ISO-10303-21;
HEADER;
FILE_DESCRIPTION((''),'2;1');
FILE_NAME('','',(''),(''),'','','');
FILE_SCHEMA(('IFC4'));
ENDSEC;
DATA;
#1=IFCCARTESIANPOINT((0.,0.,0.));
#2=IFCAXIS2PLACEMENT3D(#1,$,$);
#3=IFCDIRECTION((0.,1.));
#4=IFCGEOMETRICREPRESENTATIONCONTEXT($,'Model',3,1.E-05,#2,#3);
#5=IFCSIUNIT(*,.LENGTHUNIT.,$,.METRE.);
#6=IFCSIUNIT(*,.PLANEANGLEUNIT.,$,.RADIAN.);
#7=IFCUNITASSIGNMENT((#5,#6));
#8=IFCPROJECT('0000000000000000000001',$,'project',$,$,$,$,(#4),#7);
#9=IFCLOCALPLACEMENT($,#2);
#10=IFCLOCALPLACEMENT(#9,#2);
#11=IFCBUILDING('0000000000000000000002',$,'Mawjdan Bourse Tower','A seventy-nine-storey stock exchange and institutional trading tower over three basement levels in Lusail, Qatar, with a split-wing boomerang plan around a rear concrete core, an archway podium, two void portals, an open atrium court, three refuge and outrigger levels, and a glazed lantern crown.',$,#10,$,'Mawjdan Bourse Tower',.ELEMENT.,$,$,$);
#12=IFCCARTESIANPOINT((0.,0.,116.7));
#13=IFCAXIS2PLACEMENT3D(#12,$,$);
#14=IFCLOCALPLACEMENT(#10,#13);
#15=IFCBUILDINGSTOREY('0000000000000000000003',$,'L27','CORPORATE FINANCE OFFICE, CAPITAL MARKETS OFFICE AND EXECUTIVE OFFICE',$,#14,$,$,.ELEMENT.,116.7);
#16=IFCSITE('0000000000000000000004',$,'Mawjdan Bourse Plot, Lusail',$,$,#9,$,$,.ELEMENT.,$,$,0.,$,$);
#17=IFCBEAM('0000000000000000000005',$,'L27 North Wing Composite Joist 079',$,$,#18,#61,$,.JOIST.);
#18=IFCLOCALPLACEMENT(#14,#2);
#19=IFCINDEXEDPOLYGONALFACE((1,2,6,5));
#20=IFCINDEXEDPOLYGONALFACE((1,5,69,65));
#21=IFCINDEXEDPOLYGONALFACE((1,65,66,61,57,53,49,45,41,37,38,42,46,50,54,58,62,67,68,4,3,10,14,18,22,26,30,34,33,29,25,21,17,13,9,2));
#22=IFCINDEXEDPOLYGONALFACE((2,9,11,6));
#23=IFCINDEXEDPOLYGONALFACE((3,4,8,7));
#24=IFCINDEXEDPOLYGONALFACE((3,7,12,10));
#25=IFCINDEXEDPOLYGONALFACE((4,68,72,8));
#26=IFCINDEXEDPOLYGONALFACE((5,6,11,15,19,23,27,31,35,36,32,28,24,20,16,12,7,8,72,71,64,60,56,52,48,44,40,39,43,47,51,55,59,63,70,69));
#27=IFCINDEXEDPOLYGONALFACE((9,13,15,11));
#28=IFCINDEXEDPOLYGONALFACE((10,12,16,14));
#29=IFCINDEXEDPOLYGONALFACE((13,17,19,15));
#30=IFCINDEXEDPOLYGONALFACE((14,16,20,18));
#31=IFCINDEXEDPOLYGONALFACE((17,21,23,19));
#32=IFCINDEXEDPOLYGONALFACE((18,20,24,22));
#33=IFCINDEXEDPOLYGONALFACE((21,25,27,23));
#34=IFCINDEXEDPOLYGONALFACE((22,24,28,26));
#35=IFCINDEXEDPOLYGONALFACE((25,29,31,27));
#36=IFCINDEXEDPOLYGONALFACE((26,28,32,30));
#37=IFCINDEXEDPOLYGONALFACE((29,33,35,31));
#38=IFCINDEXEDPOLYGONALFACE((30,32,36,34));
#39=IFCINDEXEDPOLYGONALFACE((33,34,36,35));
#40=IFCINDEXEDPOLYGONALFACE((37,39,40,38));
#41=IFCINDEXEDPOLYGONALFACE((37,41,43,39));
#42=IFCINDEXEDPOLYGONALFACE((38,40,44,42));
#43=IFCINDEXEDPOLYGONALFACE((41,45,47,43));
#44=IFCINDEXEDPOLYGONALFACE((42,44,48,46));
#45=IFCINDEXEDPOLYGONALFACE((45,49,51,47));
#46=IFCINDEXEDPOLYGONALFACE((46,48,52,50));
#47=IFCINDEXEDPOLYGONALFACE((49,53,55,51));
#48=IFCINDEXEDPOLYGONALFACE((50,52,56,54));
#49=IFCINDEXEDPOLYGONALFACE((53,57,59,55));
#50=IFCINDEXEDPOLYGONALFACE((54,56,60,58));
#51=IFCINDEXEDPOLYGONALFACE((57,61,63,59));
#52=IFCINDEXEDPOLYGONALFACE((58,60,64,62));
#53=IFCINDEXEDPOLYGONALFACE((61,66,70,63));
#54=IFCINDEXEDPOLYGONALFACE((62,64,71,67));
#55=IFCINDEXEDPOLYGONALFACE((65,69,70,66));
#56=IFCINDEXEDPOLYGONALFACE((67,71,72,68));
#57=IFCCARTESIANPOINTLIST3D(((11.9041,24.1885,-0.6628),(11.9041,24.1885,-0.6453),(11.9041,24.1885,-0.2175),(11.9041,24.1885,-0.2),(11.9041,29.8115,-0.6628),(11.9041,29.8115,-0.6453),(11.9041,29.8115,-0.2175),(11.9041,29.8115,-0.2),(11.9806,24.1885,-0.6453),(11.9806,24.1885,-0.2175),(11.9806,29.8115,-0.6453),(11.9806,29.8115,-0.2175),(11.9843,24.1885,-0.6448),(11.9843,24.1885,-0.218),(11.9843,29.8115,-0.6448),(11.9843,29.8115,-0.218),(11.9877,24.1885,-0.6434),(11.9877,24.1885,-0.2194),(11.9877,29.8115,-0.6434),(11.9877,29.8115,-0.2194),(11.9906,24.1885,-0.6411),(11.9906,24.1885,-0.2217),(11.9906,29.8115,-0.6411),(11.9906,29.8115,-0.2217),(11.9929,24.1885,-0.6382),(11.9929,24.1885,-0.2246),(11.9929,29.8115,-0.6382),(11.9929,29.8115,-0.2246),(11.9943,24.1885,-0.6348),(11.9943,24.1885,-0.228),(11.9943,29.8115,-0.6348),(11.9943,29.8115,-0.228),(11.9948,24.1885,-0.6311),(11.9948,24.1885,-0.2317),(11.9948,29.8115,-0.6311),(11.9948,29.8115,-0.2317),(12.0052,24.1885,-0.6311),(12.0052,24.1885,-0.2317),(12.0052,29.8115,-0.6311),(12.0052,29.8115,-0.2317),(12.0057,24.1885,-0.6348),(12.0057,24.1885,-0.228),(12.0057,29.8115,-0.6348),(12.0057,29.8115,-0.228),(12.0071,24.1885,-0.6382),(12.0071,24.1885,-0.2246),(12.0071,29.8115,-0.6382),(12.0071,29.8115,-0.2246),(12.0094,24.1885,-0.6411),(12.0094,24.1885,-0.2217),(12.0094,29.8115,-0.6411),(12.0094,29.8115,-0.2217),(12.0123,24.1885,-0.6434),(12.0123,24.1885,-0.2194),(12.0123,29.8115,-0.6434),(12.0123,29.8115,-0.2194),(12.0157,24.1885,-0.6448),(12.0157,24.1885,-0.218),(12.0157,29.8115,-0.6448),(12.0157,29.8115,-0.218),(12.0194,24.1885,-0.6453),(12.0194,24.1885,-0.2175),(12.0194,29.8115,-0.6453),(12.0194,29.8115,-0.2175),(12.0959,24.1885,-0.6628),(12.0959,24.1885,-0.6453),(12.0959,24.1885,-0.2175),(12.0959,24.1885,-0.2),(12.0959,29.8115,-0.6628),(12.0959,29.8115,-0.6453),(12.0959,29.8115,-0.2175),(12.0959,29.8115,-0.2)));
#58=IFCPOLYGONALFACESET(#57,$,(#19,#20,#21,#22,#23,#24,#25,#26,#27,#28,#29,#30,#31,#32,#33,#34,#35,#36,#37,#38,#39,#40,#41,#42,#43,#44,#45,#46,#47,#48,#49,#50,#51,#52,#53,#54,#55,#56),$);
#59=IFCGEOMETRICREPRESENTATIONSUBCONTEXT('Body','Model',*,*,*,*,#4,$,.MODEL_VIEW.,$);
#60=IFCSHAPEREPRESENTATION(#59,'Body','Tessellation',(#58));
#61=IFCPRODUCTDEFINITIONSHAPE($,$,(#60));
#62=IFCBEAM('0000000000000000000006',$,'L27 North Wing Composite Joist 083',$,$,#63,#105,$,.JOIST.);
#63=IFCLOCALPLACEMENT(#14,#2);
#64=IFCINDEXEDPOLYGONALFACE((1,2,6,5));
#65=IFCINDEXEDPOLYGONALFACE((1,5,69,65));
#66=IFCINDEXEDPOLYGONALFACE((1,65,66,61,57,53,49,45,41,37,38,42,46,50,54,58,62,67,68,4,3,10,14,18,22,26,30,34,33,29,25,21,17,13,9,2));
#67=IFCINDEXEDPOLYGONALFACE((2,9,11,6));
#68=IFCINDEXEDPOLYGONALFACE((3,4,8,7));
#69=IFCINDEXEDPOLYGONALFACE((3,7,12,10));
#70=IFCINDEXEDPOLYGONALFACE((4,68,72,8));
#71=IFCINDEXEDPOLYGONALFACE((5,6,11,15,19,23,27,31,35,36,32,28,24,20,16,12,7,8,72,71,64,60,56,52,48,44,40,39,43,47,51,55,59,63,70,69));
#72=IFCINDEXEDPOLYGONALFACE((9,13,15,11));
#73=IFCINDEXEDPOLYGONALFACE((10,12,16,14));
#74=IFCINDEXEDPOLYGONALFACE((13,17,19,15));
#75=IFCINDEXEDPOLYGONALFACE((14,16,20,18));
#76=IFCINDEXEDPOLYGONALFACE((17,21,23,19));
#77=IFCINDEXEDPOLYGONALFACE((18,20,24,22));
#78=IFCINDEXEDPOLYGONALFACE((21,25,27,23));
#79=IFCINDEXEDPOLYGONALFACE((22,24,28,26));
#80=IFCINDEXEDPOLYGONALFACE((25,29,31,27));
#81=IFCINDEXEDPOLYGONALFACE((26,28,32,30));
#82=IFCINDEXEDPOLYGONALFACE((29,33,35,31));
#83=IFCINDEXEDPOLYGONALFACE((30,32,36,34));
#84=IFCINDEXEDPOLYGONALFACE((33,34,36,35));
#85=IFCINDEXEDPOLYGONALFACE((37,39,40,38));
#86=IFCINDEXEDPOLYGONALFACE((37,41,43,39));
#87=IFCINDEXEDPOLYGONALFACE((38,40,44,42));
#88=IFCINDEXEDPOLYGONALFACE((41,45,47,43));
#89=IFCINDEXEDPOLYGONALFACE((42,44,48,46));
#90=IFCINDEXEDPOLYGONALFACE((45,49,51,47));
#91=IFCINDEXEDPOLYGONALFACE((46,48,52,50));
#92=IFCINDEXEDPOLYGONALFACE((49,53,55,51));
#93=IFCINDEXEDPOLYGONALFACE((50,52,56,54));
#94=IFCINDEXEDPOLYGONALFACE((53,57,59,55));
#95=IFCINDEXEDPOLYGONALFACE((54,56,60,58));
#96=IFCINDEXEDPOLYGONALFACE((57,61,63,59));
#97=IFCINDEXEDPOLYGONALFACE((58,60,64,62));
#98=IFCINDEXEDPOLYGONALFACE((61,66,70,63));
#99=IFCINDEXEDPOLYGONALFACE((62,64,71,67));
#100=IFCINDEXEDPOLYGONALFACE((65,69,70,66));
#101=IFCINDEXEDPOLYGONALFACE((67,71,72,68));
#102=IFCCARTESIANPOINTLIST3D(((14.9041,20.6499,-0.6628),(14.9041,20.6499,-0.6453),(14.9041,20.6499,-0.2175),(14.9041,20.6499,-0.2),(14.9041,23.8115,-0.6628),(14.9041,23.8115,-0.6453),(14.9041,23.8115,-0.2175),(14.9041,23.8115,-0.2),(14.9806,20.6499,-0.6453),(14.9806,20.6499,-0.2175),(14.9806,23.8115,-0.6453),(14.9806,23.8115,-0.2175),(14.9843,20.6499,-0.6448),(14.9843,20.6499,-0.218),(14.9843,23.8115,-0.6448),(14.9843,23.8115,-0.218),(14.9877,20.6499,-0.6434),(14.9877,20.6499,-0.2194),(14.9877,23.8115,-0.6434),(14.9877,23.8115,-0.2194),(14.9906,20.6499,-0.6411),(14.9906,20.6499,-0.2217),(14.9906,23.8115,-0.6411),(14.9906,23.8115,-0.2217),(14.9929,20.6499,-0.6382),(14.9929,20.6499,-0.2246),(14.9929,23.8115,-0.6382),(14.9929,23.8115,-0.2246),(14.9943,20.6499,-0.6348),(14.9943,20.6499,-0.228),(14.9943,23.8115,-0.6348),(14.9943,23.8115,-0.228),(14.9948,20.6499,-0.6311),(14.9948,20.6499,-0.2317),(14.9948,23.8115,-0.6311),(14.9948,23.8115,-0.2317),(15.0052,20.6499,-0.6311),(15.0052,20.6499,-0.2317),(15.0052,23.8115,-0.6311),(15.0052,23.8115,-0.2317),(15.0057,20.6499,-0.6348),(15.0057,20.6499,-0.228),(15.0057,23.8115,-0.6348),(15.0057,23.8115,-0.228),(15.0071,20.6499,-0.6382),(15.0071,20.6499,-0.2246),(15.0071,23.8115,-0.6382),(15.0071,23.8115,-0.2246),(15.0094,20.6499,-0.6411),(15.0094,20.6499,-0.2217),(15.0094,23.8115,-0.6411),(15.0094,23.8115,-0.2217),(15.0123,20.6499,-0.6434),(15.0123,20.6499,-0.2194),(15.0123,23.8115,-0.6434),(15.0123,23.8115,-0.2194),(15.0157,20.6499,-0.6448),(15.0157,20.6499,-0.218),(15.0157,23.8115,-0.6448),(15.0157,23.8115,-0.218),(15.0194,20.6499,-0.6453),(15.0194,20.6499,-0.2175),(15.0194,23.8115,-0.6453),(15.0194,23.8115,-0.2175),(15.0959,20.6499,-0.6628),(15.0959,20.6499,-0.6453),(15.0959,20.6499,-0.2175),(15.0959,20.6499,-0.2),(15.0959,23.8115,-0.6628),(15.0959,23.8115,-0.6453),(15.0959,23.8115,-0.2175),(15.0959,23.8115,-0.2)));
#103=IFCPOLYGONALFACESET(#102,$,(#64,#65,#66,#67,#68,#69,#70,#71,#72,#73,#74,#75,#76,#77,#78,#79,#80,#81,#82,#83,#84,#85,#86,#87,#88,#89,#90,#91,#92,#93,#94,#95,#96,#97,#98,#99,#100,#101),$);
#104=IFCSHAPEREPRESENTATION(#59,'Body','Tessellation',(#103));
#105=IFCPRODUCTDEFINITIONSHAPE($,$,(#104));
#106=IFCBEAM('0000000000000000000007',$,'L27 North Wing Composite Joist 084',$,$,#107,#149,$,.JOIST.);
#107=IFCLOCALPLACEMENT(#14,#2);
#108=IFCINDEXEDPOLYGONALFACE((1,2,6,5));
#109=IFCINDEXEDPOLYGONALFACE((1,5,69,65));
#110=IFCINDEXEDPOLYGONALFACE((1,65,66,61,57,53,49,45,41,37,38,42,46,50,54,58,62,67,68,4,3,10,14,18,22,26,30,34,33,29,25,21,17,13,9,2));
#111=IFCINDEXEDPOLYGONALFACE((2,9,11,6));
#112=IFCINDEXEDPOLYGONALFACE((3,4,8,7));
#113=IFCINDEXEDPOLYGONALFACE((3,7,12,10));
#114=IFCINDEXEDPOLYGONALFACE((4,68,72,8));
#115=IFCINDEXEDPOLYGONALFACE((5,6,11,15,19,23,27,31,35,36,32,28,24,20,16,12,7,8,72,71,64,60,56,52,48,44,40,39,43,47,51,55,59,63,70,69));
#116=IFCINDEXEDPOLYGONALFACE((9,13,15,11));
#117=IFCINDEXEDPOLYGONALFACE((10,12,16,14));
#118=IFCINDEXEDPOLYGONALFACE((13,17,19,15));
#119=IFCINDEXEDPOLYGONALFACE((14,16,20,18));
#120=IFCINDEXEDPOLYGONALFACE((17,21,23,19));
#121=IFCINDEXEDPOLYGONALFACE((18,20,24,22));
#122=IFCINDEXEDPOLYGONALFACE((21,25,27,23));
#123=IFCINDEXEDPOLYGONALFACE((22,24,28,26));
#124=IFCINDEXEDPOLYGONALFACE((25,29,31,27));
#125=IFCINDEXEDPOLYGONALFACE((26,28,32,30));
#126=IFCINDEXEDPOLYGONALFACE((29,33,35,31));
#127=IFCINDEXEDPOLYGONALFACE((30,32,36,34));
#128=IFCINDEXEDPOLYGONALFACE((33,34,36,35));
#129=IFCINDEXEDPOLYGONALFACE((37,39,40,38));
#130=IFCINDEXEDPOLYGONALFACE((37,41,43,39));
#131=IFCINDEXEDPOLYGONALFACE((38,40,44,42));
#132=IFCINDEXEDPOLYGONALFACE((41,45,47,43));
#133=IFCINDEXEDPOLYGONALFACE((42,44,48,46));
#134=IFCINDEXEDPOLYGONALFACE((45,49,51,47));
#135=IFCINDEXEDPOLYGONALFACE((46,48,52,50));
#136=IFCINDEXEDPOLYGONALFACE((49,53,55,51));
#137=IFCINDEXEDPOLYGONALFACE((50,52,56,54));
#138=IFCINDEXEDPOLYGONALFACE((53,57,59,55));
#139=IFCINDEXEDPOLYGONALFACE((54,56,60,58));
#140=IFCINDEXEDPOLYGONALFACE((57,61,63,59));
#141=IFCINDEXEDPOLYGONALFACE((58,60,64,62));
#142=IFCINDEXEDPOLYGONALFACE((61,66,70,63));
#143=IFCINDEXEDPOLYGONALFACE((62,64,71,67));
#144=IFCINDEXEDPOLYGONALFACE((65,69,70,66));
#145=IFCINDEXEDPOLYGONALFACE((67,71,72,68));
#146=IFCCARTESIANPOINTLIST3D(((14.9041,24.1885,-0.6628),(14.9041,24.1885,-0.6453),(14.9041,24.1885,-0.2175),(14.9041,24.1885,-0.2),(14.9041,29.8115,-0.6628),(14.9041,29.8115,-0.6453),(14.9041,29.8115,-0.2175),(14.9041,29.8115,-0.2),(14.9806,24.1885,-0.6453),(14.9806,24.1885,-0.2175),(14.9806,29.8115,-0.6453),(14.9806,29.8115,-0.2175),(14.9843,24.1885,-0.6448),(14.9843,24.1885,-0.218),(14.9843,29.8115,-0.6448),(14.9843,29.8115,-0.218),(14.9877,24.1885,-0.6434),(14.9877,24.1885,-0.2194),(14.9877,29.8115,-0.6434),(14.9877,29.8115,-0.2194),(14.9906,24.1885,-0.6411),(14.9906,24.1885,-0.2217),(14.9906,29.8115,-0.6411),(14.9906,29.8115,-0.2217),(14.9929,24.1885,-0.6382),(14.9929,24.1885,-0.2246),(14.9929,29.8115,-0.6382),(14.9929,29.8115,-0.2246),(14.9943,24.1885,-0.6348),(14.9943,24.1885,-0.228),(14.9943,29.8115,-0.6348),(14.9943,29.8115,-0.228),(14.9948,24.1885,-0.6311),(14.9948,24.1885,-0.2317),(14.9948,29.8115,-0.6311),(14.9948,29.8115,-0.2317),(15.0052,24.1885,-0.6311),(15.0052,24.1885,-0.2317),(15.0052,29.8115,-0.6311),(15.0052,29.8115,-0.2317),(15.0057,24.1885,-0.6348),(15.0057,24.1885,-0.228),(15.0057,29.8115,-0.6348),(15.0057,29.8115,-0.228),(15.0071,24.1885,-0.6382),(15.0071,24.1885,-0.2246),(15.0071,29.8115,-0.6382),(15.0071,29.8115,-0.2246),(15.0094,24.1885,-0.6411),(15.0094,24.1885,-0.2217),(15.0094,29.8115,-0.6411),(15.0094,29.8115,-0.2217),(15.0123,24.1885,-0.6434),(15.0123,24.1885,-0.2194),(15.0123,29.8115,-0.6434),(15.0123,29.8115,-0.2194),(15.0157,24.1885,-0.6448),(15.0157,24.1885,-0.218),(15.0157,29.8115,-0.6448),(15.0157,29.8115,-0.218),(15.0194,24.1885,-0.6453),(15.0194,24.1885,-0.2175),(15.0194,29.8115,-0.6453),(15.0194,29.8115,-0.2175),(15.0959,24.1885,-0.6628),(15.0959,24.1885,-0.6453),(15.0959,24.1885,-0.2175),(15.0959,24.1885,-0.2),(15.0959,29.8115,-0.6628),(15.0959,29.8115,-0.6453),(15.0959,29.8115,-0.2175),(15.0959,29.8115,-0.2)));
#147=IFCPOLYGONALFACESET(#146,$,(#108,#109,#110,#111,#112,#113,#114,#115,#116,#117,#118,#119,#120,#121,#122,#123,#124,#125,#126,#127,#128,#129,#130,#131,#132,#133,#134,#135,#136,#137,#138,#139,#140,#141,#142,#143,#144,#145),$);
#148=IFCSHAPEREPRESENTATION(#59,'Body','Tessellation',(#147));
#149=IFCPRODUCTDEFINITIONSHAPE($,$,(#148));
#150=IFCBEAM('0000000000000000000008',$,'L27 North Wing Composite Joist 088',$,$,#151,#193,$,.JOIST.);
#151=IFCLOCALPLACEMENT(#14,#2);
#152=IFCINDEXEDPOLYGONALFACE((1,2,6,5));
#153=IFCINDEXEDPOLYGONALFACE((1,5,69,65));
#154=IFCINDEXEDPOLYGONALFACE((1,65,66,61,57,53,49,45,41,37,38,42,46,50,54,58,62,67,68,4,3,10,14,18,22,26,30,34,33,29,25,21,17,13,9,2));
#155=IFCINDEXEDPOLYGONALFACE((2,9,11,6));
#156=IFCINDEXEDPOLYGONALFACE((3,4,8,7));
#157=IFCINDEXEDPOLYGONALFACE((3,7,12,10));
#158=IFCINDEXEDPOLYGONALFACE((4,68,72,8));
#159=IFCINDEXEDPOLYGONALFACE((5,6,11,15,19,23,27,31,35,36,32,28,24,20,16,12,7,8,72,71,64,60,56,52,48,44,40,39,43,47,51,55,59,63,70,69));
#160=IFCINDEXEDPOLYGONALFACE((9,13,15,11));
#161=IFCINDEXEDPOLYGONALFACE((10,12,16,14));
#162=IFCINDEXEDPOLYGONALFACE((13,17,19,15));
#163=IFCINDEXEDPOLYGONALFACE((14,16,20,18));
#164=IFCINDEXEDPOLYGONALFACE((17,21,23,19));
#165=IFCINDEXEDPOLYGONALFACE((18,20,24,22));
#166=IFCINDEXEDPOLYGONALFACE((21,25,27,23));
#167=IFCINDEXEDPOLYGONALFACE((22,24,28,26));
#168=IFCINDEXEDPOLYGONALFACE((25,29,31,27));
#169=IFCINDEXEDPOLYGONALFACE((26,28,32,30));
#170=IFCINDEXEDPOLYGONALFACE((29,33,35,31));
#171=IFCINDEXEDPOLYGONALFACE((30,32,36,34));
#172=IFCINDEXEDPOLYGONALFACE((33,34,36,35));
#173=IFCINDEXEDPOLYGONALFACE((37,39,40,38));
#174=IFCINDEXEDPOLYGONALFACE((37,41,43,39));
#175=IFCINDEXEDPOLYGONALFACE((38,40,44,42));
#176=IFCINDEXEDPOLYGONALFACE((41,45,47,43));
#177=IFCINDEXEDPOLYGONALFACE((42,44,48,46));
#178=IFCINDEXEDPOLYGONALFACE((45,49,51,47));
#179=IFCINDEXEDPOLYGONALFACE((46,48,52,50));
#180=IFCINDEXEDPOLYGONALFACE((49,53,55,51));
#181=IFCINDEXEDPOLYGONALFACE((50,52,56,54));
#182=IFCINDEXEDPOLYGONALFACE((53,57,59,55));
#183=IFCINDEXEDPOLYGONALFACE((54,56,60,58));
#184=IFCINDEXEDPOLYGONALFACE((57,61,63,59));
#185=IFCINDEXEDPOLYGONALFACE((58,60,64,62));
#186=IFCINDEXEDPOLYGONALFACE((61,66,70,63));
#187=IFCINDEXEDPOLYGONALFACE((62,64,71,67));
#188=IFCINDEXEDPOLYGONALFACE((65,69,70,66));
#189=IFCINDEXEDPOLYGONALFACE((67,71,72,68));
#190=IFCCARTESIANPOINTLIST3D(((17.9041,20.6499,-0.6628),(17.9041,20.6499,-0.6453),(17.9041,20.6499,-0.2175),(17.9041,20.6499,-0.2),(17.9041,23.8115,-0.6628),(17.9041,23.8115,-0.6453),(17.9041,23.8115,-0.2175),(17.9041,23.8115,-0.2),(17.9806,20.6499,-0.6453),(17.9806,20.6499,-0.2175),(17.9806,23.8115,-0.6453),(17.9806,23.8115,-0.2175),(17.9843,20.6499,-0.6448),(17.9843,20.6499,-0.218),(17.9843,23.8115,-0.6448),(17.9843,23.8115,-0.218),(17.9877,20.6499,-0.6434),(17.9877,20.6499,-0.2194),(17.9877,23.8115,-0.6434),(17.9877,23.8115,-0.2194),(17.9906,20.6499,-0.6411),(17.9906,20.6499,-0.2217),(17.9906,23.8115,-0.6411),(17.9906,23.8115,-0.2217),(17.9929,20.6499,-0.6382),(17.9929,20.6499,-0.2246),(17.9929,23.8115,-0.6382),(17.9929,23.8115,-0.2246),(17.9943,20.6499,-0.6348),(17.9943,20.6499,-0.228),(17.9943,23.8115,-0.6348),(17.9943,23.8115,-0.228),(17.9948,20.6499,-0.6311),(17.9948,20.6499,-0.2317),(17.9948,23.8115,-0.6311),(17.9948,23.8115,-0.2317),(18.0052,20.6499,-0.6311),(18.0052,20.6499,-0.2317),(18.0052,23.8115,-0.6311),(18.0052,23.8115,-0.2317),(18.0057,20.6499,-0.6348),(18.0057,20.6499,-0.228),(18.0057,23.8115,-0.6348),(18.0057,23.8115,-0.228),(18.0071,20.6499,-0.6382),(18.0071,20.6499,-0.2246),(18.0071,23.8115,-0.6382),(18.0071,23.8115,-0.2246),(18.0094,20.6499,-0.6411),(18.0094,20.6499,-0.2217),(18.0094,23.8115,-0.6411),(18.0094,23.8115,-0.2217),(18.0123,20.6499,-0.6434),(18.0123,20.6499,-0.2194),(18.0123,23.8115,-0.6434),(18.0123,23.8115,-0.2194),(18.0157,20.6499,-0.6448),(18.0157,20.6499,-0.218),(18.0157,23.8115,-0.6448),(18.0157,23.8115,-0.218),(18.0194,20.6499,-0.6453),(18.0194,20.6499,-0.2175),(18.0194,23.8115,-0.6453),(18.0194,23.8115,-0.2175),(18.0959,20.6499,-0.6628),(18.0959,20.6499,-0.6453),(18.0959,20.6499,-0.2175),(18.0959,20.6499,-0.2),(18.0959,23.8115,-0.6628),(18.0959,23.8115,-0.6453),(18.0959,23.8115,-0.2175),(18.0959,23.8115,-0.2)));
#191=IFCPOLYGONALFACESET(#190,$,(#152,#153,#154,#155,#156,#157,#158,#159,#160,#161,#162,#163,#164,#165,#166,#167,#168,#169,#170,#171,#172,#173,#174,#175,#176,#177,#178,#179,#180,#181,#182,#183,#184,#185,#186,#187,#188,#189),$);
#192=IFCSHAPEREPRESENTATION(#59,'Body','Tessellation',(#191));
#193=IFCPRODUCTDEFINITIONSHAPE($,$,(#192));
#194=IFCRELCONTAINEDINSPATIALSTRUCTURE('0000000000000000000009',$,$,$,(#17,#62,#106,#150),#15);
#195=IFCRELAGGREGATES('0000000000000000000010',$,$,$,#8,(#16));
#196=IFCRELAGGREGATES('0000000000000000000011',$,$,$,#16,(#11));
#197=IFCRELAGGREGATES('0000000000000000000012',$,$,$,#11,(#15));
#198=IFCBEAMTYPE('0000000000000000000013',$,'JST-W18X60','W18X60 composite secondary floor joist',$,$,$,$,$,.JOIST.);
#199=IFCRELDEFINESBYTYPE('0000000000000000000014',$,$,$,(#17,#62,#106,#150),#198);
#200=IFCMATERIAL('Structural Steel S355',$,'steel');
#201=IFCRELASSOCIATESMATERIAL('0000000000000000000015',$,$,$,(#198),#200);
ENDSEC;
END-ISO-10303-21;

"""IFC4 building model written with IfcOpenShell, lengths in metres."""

from ifc_helpers import new_model, si_unit, direction, frame, origin, origin_2d, place, context, subcontext, project, spatial, i_section, extrude, material, material_profile, profile_set, type_object, element, save


model = new_model("IFC4")

# Units and contexts
model_context = context("Model", 3, precision=1e-05, world=origin(), true_north=direction((0.0, 1.0)))
body_context = subcontext(model_context, "Body", "Model", "MODEL_VIEW")
ifc_project = project(units=[si_unit("LENGTHUNIT", "METRE"), si_unit("PLANEANGLEUNIT", "RADIAN")], contexts=[model_context])

# Site, building, storey
site_placement = place(None, origin())
site = spatial("IfcSite", under=ifc_project, at=site_placement, Name="Mawjdan Bourse Plot, Lusail", CompositionType="ELEMENT", RefElevation=0.0)
building_placement = place(site_placement, origin())
building = spatial("IfcBuilding", under=site, at=building_placement, Name="Mawjdan Bourse Tower", Description="A seventy-nine-storey stock exchange and institutional trading tower over three basement levels in Lusail, Qatar, with a split-wing boomerang plan around a rear concrete core, an archway podium, two void portals, an open atrium court, three refuge and outrigger levels, and a glazed lantern crown.", LongName="Mawjdan Bourse Tower", CompositionType="ELEMENT")
storey_placement = place(building_placement, frame((0.0, 0.0, 116.7)))
storey = spatial("IfcBuildingStorey", under=building, at=storey_placement, Name="L27", Description="CORPORATE FINANCE OFFICE, CAPITAL MARKETS OFFICE AND EXECUTIVE OFFICE", CompositionType="ELEMENT", Elevation=116.7)

# Beams
ifc_material_1 = material(Name="Structural Steel S355", Category="steel")
ifc_material_profile_1 = material_profile(ifc_material_1, i_section(OverallWidth=0.1919, OverallDepth=0.4629, WebThickness=0.0105, FlangeThickness=0.0176, FilletRadius=0.0142, at=origin_2d()), Name="W18X60")
ifc_profile_set_1 = profile_set([ifc_material_profile_1], Name="Structural Steel S355")
beam_type_1 = type_object("IfcBeamType", Name="JST-W18X60", Description="W18X60 composite secondary floor joist", PredefinedType="JOIST", material=ifc_profile_set_1)
beam_1_placement = place(storey_placement, frame((12.0, 24.1885, -0.4314), z_axis=(0.0, 1.0, 0.0), x_axis=(-1.0, 0.0, 0.0)))
element("IfcBeam", 1, at=beam_1_placement, inside=storey, type_object=beam_type_1, Name="L27 North Wing Composite Joist 079", PredefinedType="JOIST", context=body_context, shape_type="SweptSolid", body=[
    extrude(i_section(OverallWidth=0.1919, OverallDepth=0.4629, WebThickness=0.0105, FlangeThickness=0.0176, FilletRadius=0.0142, at=origin_2d()), origin(), (0.0, 0.0, 1.0), 5.623),
])
beam_2_placement = place(storey_placement, frame((15.0, 20.6499, -0.4314), z_axis=(0.0, 1.0, 0.0), x_axis=(-1.0, 0.0, 0.0)))
element("IfcBeam", 2, at=beam_2_placement, inside=storey, type_object=beam_type_1, Name="L27 North Wing Composite Joist 083", PredefinedType="JOIST", context=body_context, shape_type="SweptSolid", body=[
    extrude(i_section(OverallWidth=0.1919, OverallDepth=0.4629, WebThickness=0.0105, FlangeThickness=0.0176, FilletRadius=0.0142, at=origin_2d()), origin(), (0.0, 0.0, 1.0), 3.1616),
])
beam_3_placement = place(storey_placement, frame((15.0, 24.1885, -0.4314), z_axis=(0.0, 1.0, 0.0), x_axis=(-1.0, 0.0, 0.0)))
element("IfcBeam", 3, at=beam_3_placement, inside=storey, type_object=beam_type_1, Name="L27 North Wing Composite Joist 084", PredefinedType="JOIST", context=body_context, shape_type="SweptSolid", body=[
    extrude(i_section(OverallWidth=0.1919, OverallDepth=0.4629, WebThickness=0.0105, FlangeThickness=0.0176, FilletRadius=0.0142, at=origin_2d()), origin(), (0.0, 0.0, 1.0), 5.623),
])
beam_4_placement = place(storey_placement, frame((18.0, 20.6499, -0.4314), z_axis=(0.0, 1.0, 0.0), x_axis=(-1.0, 0.0, 0.0)))
element("IfcBeam", 4, at=beam_4_placement, inside=storey, type_object=beam_type_1, Name="L27 North Wing Composite Joist 088", PredefinedType="JOIST", context=body_context, shape_type="SweptSolid", body=[
    extrude(i_section(OverallWidth=0.1919, OverallDepth=0.4629, WebThickness=0.0105, FlangeThickness=0.0176, FilletRadius=0.0142, at=origin_2d()), origin(), (0.0, 0.0, 1.0), 3.1616),
])

save(model, "model.ifc")
